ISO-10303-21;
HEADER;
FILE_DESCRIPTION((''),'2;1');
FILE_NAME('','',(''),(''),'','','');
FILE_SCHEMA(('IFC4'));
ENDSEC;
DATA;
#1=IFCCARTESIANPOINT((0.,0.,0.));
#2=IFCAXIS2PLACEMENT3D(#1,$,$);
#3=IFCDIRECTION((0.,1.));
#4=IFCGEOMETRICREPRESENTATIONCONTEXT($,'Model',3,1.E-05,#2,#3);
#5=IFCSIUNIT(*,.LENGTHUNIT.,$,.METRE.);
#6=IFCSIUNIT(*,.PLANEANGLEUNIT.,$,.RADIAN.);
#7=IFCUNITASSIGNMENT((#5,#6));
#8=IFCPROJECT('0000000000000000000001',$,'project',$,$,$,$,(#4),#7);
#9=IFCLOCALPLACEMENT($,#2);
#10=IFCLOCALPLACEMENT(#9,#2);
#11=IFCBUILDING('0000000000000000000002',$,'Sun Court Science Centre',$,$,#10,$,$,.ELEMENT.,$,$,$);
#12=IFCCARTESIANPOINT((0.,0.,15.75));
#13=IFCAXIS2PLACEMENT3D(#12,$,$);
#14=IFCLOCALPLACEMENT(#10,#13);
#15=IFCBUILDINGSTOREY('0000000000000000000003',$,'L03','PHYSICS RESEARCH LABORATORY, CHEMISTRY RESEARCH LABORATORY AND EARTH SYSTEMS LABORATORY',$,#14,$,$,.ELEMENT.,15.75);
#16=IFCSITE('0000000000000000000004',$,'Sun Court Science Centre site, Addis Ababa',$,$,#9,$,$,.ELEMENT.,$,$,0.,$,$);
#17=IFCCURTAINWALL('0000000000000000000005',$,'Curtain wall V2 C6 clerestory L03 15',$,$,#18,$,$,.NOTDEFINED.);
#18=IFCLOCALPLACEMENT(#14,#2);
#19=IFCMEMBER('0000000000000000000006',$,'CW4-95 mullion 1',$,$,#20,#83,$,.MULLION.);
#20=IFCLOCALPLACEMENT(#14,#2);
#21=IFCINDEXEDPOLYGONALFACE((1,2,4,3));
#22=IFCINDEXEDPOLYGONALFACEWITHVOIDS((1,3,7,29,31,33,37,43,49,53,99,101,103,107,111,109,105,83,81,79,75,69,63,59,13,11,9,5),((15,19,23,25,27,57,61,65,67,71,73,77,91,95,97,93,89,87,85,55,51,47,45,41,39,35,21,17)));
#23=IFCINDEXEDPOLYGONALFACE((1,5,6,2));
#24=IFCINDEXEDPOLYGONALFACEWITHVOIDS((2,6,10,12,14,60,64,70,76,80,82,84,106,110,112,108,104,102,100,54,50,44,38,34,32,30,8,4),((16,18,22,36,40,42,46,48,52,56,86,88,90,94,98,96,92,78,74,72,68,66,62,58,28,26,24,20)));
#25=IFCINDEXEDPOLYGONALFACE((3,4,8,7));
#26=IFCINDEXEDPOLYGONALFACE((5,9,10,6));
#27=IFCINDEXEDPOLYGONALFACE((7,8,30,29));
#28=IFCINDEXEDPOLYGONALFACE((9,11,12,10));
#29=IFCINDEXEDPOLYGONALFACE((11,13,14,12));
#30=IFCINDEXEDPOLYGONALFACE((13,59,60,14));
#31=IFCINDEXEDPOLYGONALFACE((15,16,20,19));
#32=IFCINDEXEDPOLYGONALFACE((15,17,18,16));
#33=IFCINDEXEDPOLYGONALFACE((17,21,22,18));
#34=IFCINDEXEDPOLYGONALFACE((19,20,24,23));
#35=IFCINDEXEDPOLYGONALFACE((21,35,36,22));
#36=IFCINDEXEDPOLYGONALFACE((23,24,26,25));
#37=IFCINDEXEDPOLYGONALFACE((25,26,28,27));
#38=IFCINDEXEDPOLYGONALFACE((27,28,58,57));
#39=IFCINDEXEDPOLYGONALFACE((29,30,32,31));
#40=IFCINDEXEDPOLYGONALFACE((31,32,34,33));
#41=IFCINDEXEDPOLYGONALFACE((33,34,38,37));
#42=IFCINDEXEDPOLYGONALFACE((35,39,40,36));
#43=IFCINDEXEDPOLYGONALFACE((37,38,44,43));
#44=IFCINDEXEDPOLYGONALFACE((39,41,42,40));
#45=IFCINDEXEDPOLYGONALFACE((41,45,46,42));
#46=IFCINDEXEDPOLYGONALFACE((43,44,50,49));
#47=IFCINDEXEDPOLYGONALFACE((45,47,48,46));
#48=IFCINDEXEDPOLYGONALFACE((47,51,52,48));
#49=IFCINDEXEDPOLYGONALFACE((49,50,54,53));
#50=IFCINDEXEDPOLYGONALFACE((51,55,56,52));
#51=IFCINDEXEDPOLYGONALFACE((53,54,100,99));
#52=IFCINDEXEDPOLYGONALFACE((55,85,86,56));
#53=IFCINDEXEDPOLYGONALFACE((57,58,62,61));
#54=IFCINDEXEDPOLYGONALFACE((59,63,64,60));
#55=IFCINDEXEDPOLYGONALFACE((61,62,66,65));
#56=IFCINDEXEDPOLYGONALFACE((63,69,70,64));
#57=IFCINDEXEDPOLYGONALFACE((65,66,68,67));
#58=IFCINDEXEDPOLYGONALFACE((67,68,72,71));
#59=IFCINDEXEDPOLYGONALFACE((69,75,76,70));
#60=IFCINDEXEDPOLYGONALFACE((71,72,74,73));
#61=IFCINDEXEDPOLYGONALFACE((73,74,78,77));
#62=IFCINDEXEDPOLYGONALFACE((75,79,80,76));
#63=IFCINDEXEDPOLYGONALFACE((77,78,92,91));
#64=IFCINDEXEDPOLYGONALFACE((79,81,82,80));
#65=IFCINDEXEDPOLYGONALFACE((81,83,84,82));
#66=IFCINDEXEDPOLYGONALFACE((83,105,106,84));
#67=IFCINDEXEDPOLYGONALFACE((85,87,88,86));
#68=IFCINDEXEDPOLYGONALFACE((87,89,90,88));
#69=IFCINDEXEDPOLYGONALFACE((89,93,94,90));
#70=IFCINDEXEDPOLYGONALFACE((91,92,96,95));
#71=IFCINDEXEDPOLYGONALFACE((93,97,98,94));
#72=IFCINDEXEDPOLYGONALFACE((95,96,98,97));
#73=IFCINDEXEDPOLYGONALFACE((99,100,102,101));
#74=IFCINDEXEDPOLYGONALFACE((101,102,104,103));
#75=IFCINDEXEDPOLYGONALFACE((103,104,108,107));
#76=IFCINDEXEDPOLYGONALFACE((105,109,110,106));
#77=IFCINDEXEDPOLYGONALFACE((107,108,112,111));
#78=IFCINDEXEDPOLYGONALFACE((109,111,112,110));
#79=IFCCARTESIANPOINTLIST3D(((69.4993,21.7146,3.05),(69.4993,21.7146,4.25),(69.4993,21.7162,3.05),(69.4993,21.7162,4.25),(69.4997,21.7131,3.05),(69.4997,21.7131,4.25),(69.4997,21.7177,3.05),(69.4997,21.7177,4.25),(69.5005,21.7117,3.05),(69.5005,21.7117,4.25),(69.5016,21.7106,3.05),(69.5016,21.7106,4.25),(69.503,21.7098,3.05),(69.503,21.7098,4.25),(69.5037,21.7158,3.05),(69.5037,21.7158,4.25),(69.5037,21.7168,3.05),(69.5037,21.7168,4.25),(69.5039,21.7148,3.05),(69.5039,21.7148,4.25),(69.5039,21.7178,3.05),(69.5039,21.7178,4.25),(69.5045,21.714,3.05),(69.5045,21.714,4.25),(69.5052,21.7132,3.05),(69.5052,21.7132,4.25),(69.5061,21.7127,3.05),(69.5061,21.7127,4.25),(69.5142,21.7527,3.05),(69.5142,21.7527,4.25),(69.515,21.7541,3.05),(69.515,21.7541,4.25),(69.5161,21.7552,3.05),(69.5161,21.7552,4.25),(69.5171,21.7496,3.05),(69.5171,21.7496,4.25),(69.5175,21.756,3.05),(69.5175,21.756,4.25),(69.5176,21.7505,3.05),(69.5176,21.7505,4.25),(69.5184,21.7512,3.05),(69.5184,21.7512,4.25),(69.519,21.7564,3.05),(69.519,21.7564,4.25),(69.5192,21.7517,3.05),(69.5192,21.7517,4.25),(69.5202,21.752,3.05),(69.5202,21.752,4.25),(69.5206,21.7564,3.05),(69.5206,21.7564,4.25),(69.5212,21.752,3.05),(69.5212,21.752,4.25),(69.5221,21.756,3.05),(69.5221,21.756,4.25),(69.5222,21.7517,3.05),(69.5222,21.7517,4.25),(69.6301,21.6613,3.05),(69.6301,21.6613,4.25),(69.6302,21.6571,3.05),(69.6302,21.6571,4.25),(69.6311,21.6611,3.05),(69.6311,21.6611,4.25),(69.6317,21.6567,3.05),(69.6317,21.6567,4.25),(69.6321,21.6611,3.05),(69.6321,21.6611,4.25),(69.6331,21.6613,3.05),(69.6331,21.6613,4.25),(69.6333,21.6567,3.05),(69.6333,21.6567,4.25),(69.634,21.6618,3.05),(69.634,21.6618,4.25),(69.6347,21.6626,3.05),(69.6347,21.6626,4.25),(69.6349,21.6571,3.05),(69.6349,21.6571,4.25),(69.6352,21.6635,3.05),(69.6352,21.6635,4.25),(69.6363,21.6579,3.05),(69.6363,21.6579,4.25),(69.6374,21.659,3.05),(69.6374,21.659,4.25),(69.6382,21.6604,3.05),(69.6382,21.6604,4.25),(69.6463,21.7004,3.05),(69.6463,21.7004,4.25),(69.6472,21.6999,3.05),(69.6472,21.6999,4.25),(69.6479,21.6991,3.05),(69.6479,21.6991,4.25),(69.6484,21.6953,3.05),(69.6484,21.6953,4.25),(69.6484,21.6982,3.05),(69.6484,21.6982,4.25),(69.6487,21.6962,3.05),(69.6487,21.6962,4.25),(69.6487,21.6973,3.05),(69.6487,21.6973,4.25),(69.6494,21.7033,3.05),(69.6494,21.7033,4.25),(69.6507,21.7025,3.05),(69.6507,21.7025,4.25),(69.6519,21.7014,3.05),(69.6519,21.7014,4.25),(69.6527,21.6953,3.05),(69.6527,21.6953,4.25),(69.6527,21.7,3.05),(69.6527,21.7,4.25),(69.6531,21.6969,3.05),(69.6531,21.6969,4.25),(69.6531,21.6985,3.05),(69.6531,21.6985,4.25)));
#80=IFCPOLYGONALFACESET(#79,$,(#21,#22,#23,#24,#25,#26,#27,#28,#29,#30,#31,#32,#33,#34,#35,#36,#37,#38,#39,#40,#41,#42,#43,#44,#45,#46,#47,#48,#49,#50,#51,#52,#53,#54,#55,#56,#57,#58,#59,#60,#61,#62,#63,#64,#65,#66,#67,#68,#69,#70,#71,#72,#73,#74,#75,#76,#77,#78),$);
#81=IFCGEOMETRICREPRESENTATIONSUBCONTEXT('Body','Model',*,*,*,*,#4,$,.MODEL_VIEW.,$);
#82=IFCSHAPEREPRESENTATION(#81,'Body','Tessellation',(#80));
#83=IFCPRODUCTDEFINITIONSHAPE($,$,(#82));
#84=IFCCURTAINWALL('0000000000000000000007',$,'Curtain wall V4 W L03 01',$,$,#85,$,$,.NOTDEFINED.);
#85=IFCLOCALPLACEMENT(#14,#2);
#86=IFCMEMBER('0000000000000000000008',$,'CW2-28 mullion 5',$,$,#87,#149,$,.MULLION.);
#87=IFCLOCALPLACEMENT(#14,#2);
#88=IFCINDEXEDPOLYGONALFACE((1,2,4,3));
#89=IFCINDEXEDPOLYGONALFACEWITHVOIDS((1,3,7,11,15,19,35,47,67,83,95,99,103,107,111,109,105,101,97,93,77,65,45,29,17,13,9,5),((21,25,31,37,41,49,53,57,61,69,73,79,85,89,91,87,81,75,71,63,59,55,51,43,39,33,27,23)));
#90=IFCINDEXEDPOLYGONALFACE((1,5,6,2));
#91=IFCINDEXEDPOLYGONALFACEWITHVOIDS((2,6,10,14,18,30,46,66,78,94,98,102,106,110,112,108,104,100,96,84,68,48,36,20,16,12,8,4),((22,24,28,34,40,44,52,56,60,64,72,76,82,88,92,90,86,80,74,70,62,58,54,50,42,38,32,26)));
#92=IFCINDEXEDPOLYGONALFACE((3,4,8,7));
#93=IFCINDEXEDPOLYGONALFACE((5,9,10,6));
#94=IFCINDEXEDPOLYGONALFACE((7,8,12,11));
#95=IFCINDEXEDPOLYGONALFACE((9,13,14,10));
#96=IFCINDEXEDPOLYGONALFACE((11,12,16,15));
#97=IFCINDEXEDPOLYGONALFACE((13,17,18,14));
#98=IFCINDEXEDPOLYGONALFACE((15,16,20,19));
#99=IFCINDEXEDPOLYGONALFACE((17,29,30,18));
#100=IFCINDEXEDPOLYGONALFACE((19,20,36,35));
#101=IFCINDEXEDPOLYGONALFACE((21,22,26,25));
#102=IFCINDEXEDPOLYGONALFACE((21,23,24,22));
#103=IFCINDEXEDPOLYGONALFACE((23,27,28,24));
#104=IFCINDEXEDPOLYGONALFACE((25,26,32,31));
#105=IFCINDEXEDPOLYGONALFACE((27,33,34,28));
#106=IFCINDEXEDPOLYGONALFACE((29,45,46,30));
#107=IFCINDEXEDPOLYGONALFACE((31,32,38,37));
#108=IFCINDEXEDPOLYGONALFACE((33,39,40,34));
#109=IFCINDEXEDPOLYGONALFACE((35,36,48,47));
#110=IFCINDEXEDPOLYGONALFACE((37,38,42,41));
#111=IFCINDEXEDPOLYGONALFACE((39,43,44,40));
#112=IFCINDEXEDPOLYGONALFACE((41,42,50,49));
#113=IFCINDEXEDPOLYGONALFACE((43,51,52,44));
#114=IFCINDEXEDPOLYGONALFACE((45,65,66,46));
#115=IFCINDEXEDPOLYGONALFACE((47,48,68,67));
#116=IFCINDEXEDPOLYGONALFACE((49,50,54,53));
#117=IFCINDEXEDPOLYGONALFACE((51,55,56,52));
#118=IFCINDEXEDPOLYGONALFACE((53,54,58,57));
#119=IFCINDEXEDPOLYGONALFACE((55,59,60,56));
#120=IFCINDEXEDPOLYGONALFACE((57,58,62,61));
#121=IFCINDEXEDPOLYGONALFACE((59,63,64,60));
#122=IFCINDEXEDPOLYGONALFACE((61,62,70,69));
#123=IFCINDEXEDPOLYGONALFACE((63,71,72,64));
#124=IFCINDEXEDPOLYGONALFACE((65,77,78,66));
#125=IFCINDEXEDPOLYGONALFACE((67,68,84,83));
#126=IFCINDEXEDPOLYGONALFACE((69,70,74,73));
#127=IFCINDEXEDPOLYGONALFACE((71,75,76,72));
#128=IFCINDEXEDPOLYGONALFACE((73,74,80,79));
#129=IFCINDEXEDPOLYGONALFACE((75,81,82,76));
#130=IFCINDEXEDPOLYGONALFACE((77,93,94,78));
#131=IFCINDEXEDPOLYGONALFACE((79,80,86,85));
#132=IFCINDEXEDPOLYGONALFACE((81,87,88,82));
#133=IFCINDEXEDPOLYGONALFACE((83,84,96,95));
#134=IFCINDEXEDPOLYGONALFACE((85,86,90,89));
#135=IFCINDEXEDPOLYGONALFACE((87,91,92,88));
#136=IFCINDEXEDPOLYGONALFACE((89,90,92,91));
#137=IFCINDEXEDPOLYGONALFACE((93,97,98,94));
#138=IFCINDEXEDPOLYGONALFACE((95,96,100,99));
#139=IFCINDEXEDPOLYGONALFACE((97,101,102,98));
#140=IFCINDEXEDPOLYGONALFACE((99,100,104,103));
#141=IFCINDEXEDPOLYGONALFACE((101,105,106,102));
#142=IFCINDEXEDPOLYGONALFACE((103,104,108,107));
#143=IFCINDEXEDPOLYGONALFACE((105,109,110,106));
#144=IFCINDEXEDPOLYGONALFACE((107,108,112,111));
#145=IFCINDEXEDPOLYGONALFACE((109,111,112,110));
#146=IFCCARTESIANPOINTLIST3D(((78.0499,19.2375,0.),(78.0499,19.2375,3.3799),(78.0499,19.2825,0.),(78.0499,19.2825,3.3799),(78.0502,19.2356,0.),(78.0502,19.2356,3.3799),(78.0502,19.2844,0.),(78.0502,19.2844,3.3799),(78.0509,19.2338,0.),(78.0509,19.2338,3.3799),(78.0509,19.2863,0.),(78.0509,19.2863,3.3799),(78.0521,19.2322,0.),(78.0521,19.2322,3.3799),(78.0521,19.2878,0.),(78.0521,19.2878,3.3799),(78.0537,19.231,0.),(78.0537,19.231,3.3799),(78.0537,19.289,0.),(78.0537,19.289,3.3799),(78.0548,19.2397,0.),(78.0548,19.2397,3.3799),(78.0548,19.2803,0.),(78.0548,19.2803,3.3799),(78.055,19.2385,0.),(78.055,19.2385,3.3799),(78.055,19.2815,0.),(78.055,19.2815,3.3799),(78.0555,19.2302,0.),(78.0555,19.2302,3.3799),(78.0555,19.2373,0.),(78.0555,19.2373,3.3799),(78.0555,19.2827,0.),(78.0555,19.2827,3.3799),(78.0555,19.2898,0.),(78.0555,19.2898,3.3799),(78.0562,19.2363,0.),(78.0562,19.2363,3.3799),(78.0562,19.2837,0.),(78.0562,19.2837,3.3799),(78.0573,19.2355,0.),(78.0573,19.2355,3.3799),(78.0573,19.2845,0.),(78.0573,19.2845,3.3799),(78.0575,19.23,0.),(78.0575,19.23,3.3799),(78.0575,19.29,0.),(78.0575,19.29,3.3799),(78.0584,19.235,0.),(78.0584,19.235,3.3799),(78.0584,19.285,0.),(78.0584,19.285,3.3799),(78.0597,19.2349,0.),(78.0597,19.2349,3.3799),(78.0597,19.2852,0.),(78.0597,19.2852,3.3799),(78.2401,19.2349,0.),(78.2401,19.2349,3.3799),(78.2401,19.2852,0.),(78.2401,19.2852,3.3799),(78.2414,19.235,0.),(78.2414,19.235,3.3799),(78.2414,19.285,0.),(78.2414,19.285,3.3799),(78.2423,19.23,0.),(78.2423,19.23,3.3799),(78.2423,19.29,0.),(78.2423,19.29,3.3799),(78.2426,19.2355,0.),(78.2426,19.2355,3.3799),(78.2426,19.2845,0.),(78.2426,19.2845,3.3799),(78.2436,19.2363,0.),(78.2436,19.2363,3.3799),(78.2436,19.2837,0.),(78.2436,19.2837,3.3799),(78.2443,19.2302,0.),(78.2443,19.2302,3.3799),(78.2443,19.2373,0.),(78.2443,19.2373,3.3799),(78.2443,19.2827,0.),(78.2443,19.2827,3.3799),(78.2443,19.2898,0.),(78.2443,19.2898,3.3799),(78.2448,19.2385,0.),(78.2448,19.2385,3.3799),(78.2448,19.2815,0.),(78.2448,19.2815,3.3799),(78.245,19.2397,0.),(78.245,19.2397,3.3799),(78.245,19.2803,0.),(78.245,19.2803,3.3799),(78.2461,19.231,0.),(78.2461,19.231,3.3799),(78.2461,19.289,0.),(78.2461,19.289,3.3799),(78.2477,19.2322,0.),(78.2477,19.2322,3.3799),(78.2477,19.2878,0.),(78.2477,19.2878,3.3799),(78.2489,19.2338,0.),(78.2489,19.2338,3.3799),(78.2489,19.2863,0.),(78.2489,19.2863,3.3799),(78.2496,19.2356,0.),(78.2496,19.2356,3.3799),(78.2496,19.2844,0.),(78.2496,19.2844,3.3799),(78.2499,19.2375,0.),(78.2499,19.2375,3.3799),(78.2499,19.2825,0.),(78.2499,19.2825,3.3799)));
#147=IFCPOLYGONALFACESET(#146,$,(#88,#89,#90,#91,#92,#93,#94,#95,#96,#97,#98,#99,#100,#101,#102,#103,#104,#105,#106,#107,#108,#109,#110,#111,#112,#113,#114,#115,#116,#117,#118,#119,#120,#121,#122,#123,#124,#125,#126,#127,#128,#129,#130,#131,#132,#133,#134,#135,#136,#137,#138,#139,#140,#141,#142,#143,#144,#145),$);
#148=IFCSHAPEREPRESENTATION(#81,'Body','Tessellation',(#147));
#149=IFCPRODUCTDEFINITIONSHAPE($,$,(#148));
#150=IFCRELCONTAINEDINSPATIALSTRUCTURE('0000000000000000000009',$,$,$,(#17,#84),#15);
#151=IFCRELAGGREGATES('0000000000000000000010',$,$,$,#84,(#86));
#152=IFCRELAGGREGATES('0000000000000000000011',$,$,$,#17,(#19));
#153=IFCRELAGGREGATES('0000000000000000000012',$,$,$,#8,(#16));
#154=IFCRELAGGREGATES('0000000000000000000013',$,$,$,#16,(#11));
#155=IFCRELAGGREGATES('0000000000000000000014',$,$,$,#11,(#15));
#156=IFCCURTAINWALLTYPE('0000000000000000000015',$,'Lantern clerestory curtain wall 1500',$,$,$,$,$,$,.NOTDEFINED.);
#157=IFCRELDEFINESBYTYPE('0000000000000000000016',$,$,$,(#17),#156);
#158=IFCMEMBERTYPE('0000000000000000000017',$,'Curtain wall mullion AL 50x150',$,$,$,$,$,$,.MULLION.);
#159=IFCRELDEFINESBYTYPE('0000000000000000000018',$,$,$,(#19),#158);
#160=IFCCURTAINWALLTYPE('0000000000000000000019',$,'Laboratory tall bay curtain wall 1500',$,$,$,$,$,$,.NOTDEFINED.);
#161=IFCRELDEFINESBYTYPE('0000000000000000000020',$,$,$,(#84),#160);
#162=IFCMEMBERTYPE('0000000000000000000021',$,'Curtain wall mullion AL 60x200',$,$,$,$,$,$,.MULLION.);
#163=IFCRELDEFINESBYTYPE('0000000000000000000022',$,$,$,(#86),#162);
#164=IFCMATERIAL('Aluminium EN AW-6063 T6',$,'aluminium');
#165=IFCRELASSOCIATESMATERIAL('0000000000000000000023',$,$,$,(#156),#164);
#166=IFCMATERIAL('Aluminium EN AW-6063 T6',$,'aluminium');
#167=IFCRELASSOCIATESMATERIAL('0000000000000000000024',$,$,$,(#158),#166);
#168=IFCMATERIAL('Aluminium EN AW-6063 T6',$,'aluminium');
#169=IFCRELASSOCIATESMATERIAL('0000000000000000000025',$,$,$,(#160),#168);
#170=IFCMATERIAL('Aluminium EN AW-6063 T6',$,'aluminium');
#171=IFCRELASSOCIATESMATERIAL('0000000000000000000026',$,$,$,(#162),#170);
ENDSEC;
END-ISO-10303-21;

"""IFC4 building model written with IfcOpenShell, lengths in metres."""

from ifc_helpers import new_model, si_unit, direction, frame, origin, origin_2d, place, context, subcontext, project, spatial, hollow_rectangle, extrude, material, material_profile, profile_set, type_object, element, aggregate, save


model = new_model("IFC4")

# Units and contexts
model_context = context("Model", 3, precision=1e-05, world=origin(), true_north=direction((0.0, 1.0)))
body_context = subcontext(model_context, "Body", "Model", "MODEL_VIEW")
ifc_project = project(units=[si_unit("LENGTHUNIT", "METRE"), si_unit("PLANEANGLEUNIT", "RADIAN")], contexts=[model_context])

# Site, building, storey
site_placement = place(None, origin())
site = spatial("IfcSite", under=ifc_project, at=site_placement, Name="Sun Court Science Centre site, Addis Ababa", CompositionType="ELEMENT", RefElevation=0.0)
building_placement = place(site_placement, origin())
building = spatial("IfcBuilding", under=site, at=building_placement, Name="Sun Court Science Centre", CompositionType="ELEMENT")
storey_placement = place(building_placement, frame((0.0, 0.0, 15.75)))
storey = spatial("IfcBuildingStorey", under=building, at=storey_placement, Name="L03", Description="PHYSICS RESEARCH LABORATORY, CHEMISTRY RESEARCH LABORATORY AND EARTH SYSTEMS LABORATORY", CompositionType="ELEMENT", Elevation=15.75)

# Shared definitions
ifc_material_1 = material(Name="Aluminium EN AW-6063 T6", Category="aluminium")
curtain_wall_type_1 = type_object("IfcCurtainWallType", Name="Lantern clerestory curtain wall 1500", PredefinedType="NOTDEFINED", material=ifc_material_1)
ifc_material_2 = material(Name="Aluminium EN AW-6063 T6", Category="aluminium")
ifc_material_profile_1 = material_profile(ifc_material_2, hollow_rectangle(XDim=0.05, YDim=0.1499, WallThickness=0.0039, InnerFilletRadius=0.0039, OuterFilletRadius=0.0061, at=origin_2d()), Name="AL 50x150x4")
ifc_profile_set_1 = profile_set([ifc_material_profile_1], Name="Aluminium EN AW-6063 T6")
member_type_1 = type_object("IfcMemberType", Name="Curtain wall mullion AL 50x150", PredefinedType="MULLION", material=ifc_profile_set_1)

# Curtain wall, member
curtain_wall_1_placement = place(storey_placement, origin())
curtain_wall_1 = element("IfcCurtainWall", 1, at=curtain_wall_1_placement, inside=storey, type_object=curtain_wall_type_1, Name="Curtain wall V2 C6 clerestory L03 15", PredefinedType="NOTDEFINED")
member_1_placement = place(storey_placement, frame((69.5762, 21.7065, 3.05), z_axis=(0.0, 0.0, 1.0), x_axis=(-0.382683, -0.92388, 0.0)))
member_1 = element("IfcMember", 2, at=member_1_placement, type_object=member_type_1, Name="CW4-95 mullion 1", PredefinedType="MULLION", context=body_context, shape_type="SweptSolid", body=[
    extrude(hollow_rectangle(XDim=0.05, YDim=0.1499, WallThickness=0.0039, InnerFilletRadius=0.0039, OuterFilletRadius=0.0061, at=origin_2d()), origin(), (0.0, 0.0, 1.0), 1.2),
])

# Curtain wall, member
ifc_material_3 = material(Name="Aluminium EN AW-6063 T6", Category="aluminium")
curtain_wall_type_2 = type_object("IfcCurtainWallType", Name="Laboratory tall bay curtain wall 1500", PredefinedType="NOTDEFINED", material=ifc_material_3)
curtain_wall_2_placement = place(storey_placement, origin())
curtain_wall_2 = element("IfcCurtainWall", 3, at=curtain_wall_2_placement, inside=storey, type_object=curtain_wall_type_2, Name="Curtain wall V4 W L03 01", PredefinedType="NOTDEFINED")
ifc_material_4 = material(Name="Aluminium EN AW-6063 T6", Category="aluminium")
ifc_material_profile_2 = material_profile(ifc_material_4, hollow_rectangle(XDim=0.0601, YDim=0.2, WallThickness=0.0049, InnerFilletRadius=0.0049, OuterFilletRadius=0.0076, at=origin_2d()), Name="AL 60x200x5")
ifc_profile_set_2 = profile_set([ifc_material_profile_2], Name="Aluminium EN AW-6063 T6")
member_type_2 = type_object("IfcMemberType", Name="Curtain wall mullion AL 60x200", PredefinedType="MULLION", material=ifc_profile_set_2)
member_2_placement = place(storey_placement, frame((78.1499, 19.26, 0.0), z_axis=(0.0, 0.0, 1.0), x_axis=(0.0, 1.0, 0.0)))
member_2 = element("IfcMember", 4, at=member_2_placement, type_object=member_type_2, Name="CW2-28 mullion 5", PredefinedType="MULLION", context=body_context, shape_type="SweptSolid", body=[
    extrude(hollow_rectangle(XDim=0.0601, YDim=0.2, WallThickness=0.0049, InnerFilletRadius=0.0049, OuterFilletRadius=0.0076, at=origin_2d()), origin(), (0.0, 0.0, 1.0), 3.3799),
])
aggregate(curtain_wall_2, [member_2])

aggregate(curtain_wall_1, [member_1])

save(model, "model.ifc")
